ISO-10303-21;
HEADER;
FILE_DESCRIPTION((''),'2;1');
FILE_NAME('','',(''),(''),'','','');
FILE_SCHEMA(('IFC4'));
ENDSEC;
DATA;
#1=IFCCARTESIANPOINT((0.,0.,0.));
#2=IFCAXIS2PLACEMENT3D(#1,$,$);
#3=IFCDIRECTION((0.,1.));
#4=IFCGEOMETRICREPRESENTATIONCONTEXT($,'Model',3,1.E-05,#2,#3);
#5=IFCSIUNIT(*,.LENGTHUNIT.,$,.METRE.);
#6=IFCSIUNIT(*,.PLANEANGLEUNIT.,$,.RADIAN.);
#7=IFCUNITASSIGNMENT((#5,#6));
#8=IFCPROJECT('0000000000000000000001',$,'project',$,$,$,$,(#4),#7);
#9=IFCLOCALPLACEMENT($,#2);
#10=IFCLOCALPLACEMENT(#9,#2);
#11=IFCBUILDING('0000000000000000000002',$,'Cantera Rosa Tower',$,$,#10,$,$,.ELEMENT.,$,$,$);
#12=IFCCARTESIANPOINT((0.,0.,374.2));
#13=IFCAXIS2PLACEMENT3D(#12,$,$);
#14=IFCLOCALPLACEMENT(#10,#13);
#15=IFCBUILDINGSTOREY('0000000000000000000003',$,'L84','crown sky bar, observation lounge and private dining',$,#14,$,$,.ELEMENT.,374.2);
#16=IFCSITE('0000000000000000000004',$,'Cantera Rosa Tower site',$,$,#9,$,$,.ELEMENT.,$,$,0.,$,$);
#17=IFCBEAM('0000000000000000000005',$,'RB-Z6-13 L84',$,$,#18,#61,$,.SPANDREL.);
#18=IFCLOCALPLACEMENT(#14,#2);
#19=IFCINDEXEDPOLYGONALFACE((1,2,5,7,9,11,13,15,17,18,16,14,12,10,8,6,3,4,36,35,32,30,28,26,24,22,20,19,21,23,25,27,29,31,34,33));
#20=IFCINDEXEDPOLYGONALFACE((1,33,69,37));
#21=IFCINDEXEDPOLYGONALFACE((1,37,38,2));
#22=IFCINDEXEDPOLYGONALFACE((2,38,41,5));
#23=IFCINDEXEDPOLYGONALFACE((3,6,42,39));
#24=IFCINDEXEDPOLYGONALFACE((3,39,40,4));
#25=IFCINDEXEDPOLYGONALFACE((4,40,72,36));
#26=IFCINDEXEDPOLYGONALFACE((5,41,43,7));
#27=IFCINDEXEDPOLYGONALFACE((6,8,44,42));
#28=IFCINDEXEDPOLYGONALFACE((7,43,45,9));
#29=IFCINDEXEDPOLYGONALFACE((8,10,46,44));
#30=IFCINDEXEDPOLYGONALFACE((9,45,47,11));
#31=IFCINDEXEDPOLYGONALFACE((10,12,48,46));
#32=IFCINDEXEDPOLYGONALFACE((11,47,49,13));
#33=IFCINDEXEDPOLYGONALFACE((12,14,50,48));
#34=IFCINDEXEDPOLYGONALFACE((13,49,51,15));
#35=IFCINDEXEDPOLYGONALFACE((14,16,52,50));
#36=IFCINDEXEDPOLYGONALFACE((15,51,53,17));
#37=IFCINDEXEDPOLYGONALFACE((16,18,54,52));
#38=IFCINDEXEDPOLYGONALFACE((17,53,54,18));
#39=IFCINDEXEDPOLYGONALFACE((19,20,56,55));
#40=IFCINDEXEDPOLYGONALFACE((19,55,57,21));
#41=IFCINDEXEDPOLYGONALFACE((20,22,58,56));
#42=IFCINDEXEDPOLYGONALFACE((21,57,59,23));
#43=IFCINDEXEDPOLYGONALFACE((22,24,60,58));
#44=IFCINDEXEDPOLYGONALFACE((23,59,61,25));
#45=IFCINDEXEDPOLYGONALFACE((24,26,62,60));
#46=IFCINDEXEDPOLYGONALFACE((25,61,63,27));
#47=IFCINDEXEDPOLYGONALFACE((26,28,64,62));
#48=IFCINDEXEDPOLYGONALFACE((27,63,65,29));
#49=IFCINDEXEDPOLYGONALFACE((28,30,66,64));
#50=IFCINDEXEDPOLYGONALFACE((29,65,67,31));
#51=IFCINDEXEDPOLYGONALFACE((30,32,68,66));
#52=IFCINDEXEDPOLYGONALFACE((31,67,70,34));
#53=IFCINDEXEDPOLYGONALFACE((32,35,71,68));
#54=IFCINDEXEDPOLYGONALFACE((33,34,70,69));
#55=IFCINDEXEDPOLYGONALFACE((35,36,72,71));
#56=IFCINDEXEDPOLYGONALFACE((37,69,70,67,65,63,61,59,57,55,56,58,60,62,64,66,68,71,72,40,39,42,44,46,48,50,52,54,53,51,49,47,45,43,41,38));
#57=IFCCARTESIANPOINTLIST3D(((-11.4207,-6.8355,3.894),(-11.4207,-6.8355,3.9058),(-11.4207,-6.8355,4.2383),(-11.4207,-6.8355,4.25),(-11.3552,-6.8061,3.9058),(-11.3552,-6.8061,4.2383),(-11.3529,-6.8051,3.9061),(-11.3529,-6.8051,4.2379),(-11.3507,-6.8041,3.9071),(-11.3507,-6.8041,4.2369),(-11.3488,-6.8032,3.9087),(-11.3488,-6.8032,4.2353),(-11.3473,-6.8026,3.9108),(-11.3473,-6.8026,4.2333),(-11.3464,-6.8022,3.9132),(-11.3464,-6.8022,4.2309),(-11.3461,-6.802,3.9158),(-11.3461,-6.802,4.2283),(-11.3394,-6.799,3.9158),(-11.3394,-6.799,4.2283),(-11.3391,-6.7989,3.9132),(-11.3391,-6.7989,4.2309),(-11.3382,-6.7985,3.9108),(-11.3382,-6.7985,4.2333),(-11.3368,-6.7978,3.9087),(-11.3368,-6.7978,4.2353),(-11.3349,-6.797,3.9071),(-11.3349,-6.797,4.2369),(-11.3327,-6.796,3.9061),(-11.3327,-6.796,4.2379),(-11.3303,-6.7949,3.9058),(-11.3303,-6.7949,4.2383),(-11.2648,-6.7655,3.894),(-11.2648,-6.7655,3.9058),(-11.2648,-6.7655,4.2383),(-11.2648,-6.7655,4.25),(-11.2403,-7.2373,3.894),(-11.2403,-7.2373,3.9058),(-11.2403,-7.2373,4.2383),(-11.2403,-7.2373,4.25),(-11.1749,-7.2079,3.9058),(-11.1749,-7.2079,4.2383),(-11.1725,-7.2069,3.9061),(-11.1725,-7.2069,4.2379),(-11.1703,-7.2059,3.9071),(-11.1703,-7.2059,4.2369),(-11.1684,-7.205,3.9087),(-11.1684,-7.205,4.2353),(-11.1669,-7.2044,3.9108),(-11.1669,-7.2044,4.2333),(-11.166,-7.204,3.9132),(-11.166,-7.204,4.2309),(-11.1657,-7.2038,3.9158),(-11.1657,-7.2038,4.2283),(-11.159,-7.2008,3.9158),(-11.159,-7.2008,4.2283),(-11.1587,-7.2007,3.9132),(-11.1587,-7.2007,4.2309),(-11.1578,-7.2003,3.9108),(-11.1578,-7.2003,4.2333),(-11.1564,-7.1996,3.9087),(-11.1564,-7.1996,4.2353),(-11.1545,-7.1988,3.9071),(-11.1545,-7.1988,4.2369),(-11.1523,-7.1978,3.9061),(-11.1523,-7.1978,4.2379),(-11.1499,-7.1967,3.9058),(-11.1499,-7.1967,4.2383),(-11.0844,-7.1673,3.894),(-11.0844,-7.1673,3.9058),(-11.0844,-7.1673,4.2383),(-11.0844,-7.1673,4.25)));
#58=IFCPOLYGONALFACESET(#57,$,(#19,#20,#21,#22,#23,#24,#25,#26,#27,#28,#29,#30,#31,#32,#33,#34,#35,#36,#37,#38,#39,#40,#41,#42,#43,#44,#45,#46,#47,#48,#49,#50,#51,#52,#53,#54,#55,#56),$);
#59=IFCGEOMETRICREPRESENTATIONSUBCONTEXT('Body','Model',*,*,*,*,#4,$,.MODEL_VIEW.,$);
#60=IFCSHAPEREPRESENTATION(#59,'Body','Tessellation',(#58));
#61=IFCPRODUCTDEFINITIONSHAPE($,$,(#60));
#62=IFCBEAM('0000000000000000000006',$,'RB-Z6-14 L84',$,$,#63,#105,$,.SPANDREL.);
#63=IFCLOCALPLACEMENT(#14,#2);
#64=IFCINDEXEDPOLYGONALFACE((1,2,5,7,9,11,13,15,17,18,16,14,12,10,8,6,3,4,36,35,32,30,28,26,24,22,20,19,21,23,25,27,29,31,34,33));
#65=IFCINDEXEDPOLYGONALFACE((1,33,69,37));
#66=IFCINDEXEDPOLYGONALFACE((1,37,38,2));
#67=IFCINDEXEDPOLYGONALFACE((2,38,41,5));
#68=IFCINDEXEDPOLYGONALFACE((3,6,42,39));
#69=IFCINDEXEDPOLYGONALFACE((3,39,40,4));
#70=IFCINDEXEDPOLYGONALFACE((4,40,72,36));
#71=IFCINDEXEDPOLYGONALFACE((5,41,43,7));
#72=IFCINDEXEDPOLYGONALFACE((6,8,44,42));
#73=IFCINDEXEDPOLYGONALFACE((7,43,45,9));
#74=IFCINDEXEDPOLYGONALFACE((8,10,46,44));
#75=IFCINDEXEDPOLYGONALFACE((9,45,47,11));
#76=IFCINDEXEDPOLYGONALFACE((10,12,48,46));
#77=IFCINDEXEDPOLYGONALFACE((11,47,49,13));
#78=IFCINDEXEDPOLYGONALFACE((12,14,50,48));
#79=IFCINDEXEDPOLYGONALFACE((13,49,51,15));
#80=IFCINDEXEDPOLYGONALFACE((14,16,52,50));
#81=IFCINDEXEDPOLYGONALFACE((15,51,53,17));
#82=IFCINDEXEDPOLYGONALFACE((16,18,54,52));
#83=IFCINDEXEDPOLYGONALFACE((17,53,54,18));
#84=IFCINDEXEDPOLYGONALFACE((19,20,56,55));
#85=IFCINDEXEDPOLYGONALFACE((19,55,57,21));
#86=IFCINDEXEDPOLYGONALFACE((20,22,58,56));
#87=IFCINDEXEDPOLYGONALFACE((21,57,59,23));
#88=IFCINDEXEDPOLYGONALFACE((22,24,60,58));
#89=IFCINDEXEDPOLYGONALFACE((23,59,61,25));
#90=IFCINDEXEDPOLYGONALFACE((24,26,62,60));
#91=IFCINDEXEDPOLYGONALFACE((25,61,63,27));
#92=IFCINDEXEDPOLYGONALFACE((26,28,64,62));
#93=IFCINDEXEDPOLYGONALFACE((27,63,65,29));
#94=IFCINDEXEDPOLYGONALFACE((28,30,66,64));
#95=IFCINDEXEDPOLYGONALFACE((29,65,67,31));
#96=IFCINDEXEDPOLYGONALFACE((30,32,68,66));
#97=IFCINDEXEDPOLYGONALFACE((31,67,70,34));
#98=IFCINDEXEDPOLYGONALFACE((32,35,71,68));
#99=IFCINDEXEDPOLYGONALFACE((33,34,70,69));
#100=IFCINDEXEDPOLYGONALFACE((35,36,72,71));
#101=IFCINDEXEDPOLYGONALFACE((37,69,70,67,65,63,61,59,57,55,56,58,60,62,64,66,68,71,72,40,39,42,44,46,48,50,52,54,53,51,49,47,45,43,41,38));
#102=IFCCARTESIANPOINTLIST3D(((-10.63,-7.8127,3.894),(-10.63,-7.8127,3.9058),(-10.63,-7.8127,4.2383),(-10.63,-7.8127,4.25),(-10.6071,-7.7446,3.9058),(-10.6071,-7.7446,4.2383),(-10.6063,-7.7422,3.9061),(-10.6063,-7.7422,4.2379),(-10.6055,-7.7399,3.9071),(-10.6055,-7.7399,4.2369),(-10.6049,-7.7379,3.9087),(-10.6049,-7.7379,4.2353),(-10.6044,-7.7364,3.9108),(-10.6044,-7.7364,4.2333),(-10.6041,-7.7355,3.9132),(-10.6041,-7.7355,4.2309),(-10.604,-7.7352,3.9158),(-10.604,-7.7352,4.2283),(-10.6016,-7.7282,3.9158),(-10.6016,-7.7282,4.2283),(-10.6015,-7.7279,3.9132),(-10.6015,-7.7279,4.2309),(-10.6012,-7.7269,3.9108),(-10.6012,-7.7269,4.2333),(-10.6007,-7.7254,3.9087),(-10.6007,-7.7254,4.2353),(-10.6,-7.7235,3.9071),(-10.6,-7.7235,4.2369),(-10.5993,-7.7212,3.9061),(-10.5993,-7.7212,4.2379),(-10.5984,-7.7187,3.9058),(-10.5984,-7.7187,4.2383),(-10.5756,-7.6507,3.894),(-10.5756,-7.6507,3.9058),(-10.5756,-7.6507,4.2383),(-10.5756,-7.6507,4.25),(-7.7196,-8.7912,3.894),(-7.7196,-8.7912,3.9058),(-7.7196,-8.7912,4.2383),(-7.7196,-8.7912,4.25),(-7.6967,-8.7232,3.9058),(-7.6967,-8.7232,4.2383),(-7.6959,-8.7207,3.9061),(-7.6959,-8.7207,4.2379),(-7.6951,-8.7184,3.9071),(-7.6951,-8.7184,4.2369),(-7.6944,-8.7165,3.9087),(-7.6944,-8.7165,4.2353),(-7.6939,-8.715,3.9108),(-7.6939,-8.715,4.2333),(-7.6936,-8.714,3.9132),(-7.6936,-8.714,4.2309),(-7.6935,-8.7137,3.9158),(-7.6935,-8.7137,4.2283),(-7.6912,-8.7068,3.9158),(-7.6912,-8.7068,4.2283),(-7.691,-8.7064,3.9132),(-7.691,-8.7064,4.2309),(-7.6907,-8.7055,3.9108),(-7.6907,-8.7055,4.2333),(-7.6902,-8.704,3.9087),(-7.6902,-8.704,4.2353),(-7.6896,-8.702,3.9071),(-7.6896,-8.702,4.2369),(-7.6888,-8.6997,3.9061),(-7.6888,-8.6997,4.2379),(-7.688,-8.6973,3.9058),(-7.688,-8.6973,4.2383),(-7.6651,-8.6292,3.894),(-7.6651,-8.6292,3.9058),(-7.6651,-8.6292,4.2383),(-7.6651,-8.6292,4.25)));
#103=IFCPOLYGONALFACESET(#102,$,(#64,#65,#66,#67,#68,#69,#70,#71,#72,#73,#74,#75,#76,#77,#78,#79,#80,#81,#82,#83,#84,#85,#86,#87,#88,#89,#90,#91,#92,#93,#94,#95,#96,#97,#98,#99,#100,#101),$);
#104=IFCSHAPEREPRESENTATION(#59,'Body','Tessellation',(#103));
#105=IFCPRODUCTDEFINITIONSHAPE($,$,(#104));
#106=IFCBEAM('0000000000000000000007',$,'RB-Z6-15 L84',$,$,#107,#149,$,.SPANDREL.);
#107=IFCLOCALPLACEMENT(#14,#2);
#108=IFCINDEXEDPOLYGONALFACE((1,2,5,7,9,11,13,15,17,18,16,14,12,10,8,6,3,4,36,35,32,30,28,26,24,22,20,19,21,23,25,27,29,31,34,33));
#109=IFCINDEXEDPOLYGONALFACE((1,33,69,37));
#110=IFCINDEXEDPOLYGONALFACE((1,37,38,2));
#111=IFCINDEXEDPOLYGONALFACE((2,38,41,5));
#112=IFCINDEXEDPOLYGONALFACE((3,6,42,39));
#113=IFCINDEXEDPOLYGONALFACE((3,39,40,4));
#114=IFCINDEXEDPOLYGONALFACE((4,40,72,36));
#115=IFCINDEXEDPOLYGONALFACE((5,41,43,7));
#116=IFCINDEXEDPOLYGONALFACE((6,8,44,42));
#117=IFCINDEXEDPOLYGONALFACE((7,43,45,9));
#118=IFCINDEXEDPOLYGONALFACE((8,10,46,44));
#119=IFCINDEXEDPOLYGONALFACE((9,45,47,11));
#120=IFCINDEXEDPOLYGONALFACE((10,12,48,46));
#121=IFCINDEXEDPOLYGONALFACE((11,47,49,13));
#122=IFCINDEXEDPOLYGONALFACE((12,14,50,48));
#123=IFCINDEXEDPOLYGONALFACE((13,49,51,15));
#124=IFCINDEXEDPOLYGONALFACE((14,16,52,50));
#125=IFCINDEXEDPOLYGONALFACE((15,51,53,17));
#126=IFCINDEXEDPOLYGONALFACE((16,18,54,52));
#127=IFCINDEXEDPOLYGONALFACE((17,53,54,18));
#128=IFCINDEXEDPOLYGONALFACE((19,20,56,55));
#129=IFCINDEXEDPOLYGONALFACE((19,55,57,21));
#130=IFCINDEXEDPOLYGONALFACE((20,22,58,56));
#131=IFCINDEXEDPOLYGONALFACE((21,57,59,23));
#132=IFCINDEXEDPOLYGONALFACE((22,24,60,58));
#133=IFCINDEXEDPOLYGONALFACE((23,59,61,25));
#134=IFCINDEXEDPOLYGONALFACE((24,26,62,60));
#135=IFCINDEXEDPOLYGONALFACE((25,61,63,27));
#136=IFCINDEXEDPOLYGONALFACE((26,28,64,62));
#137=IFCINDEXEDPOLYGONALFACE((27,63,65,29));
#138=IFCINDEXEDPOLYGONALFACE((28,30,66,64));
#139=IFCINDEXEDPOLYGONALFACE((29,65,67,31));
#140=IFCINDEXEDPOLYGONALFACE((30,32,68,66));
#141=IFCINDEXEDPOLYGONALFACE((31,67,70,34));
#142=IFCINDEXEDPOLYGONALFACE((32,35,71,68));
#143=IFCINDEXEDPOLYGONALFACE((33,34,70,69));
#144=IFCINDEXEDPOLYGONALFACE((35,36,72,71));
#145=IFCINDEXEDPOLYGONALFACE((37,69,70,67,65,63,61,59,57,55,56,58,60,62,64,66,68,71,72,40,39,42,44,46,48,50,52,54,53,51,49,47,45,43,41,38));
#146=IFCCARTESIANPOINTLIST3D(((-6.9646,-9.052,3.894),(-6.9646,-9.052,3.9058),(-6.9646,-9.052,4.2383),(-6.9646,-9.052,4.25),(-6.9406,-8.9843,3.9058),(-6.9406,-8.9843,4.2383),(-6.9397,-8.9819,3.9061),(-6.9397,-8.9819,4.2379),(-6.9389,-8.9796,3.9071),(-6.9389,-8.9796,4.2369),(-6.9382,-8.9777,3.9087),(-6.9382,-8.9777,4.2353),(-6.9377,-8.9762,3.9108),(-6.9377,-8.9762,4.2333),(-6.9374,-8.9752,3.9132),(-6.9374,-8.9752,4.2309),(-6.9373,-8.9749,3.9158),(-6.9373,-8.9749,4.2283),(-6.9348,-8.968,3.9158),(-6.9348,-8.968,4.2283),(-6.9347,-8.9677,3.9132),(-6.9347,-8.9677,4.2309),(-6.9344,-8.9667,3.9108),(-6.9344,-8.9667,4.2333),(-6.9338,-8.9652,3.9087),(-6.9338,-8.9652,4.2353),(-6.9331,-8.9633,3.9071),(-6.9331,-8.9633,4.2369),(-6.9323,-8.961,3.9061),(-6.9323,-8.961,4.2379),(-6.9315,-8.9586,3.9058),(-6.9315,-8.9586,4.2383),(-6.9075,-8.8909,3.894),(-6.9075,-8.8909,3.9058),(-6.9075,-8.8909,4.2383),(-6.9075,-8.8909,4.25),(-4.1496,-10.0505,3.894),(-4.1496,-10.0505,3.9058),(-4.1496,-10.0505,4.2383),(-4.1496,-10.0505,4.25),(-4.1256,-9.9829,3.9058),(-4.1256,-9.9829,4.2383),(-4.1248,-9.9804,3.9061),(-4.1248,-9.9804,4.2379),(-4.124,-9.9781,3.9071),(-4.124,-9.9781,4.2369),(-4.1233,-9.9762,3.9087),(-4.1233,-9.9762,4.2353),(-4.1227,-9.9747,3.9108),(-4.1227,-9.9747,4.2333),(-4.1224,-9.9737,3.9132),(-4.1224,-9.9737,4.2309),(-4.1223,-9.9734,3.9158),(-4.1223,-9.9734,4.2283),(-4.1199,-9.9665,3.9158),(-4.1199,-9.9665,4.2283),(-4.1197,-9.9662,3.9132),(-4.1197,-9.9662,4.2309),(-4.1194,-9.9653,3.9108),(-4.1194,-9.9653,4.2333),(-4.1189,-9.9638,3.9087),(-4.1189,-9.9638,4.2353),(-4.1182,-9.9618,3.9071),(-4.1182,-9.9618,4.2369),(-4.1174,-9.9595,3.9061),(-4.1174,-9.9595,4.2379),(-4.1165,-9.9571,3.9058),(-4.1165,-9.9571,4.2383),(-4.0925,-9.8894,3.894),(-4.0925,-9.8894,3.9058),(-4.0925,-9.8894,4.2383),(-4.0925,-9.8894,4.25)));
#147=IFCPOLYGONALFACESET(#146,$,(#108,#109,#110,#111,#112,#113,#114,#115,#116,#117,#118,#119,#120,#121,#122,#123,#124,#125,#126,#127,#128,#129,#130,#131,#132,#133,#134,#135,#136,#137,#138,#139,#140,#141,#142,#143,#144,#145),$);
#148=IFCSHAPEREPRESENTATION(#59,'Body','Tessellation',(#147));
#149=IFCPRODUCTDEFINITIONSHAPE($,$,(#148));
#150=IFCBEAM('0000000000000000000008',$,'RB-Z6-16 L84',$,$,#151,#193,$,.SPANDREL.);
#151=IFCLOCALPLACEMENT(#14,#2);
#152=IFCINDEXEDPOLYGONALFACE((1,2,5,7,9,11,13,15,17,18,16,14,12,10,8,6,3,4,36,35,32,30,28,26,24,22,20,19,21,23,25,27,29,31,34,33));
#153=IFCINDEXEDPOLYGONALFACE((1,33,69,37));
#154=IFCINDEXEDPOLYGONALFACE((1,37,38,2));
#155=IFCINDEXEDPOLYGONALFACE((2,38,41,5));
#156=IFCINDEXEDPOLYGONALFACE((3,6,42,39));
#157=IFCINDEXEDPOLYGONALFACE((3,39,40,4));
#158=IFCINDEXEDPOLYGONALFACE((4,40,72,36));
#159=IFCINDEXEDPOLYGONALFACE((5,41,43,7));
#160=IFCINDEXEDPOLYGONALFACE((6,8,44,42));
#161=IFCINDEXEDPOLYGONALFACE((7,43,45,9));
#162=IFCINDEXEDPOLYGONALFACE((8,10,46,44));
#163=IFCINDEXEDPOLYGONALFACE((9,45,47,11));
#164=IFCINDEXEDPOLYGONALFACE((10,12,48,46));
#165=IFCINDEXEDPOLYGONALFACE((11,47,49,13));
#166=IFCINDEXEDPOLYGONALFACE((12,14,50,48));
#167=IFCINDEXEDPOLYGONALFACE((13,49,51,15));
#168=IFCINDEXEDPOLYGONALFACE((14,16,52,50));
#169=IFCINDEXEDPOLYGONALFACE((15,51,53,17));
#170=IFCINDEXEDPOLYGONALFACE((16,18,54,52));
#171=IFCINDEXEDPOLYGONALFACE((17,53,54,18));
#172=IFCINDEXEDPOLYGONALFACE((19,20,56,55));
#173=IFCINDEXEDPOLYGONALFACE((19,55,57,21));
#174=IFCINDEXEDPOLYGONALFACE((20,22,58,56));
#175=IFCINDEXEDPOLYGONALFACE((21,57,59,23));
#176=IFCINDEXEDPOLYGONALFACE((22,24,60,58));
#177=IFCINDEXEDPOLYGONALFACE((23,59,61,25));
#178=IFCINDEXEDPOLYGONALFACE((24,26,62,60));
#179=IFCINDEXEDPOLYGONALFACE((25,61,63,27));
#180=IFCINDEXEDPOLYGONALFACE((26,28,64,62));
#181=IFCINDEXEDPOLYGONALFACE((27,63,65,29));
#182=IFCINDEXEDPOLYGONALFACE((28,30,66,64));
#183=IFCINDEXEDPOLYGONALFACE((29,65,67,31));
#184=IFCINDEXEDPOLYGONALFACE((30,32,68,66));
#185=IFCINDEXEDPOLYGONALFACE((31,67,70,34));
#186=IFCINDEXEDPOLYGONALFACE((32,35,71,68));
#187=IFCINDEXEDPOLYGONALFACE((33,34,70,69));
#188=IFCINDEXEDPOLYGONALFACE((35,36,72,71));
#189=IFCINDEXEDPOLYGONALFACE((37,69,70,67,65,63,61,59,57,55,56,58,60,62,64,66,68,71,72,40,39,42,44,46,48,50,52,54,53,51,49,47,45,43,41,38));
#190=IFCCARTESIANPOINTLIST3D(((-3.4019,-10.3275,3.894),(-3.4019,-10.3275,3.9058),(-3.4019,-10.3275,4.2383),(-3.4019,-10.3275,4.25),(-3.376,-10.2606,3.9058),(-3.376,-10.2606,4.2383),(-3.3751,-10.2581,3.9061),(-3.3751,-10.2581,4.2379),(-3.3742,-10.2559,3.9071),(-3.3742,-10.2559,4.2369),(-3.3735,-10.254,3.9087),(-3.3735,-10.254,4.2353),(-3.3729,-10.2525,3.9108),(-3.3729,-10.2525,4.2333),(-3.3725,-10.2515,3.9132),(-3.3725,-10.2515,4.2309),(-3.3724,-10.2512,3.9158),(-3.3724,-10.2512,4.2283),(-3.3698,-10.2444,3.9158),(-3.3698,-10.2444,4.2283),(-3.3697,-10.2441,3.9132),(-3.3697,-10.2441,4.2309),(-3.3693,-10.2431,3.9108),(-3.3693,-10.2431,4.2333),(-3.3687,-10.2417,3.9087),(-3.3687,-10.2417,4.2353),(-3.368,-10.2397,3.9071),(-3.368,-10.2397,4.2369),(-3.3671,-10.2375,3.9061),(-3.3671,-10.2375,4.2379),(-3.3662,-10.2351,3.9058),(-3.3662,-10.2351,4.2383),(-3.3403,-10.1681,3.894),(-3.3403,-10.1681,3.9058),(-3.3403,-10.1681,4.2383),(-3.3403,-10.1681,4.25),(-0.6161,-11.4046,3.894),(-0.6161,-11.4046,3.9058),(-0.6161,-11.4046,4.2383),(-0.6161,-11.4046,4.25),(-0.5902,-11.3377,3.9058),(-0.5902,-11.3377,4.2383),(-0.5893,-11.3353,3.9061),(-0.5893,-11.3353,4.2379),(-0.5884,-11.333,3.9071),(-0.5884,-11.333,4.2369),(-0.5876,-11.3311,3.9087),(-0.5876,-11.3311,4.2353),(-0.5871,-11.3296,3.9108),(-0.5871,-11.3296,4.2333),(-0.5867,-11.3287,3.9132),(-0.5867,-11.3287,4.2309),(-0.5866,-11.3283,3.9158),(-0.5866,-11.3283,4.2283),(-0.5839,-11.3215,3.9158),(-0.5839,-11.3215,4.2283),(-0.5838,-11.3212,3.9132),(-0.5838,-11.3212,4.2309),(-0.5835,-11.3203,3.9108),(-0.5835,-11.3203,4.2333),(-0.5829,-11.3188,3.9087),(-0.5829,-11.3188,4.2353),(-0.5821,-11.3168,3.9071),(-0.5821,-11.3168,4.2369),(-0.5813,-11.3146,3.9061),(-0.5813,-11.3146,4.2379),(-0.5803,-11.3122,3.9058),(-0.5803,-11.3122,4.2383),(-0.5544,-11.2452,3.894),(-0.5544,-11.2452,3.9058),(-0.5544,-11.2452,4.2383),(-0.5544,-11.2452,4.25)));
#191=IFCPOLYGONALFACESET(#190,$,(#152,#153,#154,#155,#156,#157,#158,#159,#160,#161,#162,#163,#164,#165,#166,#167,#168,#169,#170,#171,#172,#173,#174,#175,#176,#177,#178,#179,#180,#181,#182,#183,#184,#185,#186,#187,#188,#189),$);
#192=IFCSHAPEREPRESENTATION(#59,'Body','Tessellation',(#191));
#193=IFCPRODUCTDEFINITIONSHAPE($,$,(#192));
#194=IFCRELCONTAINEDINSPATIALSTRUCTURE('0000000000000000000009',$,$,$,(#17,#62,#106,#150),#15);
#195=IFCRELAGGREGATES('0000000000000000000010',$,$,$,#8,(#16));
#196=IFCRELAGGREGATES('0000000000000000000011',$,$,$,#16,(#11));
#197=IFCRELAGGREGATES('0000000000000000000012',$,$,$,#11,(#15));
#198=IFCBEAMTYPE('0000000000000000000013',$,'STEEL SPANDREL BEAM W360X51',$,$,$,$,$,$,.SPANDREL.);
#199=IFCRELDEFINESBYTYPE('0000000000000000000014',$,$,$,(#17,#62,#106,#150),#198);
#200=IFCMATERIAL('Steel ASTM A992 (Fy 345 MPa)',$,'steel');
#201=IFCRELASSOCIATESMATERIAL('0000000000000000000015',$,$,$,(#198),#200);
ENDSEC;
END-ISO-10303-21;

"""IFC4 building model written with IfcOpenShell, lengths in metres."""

from ifc_helpers import new_model, si_unit, direction, frame, origin, origin_2d, place, context, subcontext, project, spatial, i_section, extrude, material, material_profile, profile_set, type_object, element, save


model = new_model("IFC4")

# Units and contexts
model_context = context("Model", 3, precision=1e-05, world=origin(), true_north=direction((0.0, 1.0)))
body_context = subcontext(model_context, "Body", "Model", "MODEL_VIEW")
ifc_project = project(units=[si_unit("LENGTHUNIT", "METRE"), si_unit("PLANEANGLEUNIT", "RADIAN")], contexts=[model_context])

# Site, building, storey
site_placement = place(None, origin())
site = spatial("IfcSite", under=ifc_project, at=site_placement, Name="Cantera Rosa Tower site", CompositionType="ELEMENT", RefElevation=0.0)
building_placement = place(site_placement, origin())
building = spatial("IfcBuilding", under=site, at=building_placement, Name="Cantera Rosa Tower", CompositionType="ELEMENT")
storey_placement = place(building_placement, frame((0.0, 0.0, 374.2)))
storey = spatial("IfcBuildingStorey", under=building, at=storey_placement, Name="L84", Description="crown sky bar, observation lounge and private dining", CompositionType="ELEMENT", Elevation=374.2)

# Beams
ifc_material_1 = material(Name="Steel ASTM A992 (Fy 345 MPa)", Category="steel")
ifc_material_profile_1 = material_profile(ifc_material_1, i_section(OverallWidth=0.1709, OverallDepth=0.356, WebThickness=0.0073, FlangeThickness=0.0117, FilletRadius=0.01, at=origin_2d()), Name="W360X51")
ifc_profile_set_1 = profile_set([ifc_material_profile_1], Name="Steel ASTM A992 (Fy 345 MPa)")
beam_type = type_object("IfcBeamType", Name="STEEL SPANDREL BEAM W360X51", PredefinedType="SPANDREL", material=ifc_profile_set_1)
beam_1_placement = place(storey_placement, frame((-11.3428, -6.8005, 4.072), z_axis=(0.409581, -0.912274, 0.0), x_axis=(0.912274, 0.409581, 0.0)))
element("IfcBeam", 1, at=beam_1_placement, inside=storey, type_object=beam_type, Name="RB-Z6-13 L84", PredefinedType="SPANDREL", context=body_context, shape_type="SweptSolid", body=[
    extrude(i_section(OverallWidth=0.1709, OverallDepth=0.356, WebThickness=0.0073, FlangeThickness=0.0117, FilletRadius=0.01, at=origin_2d()), origin(), (0.0, 0.0, 1.0), 0.4404),
])
beam_2_placement = place(storey_placement, frame((-10.6028, -7.7317, 4.072), z_axis=(0.947861, -0.318684, 0.0), x_axis=(0.318684, 0.947861, 0.0)))
element("IfcBeam", 2, at=beam_2_placement, inside=storey, type_object=beam_type, Name="RB-Z6-14 L84", PredefinedType="SPANDREL", context=body_context, shape_type="SweptSolid", body=[
    extrude(i_section(OverallWidth=0.1709, OverallDepth=0.356, WebThickness=0.0073, FlangeThickness=0.0117, FilletRadius=0.01, at=origin_2d()), origin(), (0.0, 0.0, 1.0), 3.0706),
])
for number, where, z_axis, x_axis, name in (
    (3, (-6.936, -8.9714, 4.072), (0.942461, -0.334316, 0.0), (0.334316, 0.942461, 0.0), "RB-Z6-15 L84"),
    (4, (-3.3711, -10.2478, 4.072), (0.93271, -0.360627, 0.0), (0.360627, 0.93271, 0.0), "RB-Z6-16 L84"),
):
    element("IfcBeam", number, at=place(storey_placement, frame(where, z_axis=z_axis, x_axis=x_axis)), inside=storey, type_object=beam_type, Name=name, PredefinedType="SPANDREL", context=body_context, shape_type="SweptSolid", body=[
        extrude(i_section(OverallWidth=0.1709, OverallDepth=0.356, WebThickness=0.0073, FlangeThickness=0.0117, FilletRadius=0.01, at=origin_2d()), origin(), (0.0, 0.0, 1.0), 2.9868),
    ])

save(model, "model.ifc")
